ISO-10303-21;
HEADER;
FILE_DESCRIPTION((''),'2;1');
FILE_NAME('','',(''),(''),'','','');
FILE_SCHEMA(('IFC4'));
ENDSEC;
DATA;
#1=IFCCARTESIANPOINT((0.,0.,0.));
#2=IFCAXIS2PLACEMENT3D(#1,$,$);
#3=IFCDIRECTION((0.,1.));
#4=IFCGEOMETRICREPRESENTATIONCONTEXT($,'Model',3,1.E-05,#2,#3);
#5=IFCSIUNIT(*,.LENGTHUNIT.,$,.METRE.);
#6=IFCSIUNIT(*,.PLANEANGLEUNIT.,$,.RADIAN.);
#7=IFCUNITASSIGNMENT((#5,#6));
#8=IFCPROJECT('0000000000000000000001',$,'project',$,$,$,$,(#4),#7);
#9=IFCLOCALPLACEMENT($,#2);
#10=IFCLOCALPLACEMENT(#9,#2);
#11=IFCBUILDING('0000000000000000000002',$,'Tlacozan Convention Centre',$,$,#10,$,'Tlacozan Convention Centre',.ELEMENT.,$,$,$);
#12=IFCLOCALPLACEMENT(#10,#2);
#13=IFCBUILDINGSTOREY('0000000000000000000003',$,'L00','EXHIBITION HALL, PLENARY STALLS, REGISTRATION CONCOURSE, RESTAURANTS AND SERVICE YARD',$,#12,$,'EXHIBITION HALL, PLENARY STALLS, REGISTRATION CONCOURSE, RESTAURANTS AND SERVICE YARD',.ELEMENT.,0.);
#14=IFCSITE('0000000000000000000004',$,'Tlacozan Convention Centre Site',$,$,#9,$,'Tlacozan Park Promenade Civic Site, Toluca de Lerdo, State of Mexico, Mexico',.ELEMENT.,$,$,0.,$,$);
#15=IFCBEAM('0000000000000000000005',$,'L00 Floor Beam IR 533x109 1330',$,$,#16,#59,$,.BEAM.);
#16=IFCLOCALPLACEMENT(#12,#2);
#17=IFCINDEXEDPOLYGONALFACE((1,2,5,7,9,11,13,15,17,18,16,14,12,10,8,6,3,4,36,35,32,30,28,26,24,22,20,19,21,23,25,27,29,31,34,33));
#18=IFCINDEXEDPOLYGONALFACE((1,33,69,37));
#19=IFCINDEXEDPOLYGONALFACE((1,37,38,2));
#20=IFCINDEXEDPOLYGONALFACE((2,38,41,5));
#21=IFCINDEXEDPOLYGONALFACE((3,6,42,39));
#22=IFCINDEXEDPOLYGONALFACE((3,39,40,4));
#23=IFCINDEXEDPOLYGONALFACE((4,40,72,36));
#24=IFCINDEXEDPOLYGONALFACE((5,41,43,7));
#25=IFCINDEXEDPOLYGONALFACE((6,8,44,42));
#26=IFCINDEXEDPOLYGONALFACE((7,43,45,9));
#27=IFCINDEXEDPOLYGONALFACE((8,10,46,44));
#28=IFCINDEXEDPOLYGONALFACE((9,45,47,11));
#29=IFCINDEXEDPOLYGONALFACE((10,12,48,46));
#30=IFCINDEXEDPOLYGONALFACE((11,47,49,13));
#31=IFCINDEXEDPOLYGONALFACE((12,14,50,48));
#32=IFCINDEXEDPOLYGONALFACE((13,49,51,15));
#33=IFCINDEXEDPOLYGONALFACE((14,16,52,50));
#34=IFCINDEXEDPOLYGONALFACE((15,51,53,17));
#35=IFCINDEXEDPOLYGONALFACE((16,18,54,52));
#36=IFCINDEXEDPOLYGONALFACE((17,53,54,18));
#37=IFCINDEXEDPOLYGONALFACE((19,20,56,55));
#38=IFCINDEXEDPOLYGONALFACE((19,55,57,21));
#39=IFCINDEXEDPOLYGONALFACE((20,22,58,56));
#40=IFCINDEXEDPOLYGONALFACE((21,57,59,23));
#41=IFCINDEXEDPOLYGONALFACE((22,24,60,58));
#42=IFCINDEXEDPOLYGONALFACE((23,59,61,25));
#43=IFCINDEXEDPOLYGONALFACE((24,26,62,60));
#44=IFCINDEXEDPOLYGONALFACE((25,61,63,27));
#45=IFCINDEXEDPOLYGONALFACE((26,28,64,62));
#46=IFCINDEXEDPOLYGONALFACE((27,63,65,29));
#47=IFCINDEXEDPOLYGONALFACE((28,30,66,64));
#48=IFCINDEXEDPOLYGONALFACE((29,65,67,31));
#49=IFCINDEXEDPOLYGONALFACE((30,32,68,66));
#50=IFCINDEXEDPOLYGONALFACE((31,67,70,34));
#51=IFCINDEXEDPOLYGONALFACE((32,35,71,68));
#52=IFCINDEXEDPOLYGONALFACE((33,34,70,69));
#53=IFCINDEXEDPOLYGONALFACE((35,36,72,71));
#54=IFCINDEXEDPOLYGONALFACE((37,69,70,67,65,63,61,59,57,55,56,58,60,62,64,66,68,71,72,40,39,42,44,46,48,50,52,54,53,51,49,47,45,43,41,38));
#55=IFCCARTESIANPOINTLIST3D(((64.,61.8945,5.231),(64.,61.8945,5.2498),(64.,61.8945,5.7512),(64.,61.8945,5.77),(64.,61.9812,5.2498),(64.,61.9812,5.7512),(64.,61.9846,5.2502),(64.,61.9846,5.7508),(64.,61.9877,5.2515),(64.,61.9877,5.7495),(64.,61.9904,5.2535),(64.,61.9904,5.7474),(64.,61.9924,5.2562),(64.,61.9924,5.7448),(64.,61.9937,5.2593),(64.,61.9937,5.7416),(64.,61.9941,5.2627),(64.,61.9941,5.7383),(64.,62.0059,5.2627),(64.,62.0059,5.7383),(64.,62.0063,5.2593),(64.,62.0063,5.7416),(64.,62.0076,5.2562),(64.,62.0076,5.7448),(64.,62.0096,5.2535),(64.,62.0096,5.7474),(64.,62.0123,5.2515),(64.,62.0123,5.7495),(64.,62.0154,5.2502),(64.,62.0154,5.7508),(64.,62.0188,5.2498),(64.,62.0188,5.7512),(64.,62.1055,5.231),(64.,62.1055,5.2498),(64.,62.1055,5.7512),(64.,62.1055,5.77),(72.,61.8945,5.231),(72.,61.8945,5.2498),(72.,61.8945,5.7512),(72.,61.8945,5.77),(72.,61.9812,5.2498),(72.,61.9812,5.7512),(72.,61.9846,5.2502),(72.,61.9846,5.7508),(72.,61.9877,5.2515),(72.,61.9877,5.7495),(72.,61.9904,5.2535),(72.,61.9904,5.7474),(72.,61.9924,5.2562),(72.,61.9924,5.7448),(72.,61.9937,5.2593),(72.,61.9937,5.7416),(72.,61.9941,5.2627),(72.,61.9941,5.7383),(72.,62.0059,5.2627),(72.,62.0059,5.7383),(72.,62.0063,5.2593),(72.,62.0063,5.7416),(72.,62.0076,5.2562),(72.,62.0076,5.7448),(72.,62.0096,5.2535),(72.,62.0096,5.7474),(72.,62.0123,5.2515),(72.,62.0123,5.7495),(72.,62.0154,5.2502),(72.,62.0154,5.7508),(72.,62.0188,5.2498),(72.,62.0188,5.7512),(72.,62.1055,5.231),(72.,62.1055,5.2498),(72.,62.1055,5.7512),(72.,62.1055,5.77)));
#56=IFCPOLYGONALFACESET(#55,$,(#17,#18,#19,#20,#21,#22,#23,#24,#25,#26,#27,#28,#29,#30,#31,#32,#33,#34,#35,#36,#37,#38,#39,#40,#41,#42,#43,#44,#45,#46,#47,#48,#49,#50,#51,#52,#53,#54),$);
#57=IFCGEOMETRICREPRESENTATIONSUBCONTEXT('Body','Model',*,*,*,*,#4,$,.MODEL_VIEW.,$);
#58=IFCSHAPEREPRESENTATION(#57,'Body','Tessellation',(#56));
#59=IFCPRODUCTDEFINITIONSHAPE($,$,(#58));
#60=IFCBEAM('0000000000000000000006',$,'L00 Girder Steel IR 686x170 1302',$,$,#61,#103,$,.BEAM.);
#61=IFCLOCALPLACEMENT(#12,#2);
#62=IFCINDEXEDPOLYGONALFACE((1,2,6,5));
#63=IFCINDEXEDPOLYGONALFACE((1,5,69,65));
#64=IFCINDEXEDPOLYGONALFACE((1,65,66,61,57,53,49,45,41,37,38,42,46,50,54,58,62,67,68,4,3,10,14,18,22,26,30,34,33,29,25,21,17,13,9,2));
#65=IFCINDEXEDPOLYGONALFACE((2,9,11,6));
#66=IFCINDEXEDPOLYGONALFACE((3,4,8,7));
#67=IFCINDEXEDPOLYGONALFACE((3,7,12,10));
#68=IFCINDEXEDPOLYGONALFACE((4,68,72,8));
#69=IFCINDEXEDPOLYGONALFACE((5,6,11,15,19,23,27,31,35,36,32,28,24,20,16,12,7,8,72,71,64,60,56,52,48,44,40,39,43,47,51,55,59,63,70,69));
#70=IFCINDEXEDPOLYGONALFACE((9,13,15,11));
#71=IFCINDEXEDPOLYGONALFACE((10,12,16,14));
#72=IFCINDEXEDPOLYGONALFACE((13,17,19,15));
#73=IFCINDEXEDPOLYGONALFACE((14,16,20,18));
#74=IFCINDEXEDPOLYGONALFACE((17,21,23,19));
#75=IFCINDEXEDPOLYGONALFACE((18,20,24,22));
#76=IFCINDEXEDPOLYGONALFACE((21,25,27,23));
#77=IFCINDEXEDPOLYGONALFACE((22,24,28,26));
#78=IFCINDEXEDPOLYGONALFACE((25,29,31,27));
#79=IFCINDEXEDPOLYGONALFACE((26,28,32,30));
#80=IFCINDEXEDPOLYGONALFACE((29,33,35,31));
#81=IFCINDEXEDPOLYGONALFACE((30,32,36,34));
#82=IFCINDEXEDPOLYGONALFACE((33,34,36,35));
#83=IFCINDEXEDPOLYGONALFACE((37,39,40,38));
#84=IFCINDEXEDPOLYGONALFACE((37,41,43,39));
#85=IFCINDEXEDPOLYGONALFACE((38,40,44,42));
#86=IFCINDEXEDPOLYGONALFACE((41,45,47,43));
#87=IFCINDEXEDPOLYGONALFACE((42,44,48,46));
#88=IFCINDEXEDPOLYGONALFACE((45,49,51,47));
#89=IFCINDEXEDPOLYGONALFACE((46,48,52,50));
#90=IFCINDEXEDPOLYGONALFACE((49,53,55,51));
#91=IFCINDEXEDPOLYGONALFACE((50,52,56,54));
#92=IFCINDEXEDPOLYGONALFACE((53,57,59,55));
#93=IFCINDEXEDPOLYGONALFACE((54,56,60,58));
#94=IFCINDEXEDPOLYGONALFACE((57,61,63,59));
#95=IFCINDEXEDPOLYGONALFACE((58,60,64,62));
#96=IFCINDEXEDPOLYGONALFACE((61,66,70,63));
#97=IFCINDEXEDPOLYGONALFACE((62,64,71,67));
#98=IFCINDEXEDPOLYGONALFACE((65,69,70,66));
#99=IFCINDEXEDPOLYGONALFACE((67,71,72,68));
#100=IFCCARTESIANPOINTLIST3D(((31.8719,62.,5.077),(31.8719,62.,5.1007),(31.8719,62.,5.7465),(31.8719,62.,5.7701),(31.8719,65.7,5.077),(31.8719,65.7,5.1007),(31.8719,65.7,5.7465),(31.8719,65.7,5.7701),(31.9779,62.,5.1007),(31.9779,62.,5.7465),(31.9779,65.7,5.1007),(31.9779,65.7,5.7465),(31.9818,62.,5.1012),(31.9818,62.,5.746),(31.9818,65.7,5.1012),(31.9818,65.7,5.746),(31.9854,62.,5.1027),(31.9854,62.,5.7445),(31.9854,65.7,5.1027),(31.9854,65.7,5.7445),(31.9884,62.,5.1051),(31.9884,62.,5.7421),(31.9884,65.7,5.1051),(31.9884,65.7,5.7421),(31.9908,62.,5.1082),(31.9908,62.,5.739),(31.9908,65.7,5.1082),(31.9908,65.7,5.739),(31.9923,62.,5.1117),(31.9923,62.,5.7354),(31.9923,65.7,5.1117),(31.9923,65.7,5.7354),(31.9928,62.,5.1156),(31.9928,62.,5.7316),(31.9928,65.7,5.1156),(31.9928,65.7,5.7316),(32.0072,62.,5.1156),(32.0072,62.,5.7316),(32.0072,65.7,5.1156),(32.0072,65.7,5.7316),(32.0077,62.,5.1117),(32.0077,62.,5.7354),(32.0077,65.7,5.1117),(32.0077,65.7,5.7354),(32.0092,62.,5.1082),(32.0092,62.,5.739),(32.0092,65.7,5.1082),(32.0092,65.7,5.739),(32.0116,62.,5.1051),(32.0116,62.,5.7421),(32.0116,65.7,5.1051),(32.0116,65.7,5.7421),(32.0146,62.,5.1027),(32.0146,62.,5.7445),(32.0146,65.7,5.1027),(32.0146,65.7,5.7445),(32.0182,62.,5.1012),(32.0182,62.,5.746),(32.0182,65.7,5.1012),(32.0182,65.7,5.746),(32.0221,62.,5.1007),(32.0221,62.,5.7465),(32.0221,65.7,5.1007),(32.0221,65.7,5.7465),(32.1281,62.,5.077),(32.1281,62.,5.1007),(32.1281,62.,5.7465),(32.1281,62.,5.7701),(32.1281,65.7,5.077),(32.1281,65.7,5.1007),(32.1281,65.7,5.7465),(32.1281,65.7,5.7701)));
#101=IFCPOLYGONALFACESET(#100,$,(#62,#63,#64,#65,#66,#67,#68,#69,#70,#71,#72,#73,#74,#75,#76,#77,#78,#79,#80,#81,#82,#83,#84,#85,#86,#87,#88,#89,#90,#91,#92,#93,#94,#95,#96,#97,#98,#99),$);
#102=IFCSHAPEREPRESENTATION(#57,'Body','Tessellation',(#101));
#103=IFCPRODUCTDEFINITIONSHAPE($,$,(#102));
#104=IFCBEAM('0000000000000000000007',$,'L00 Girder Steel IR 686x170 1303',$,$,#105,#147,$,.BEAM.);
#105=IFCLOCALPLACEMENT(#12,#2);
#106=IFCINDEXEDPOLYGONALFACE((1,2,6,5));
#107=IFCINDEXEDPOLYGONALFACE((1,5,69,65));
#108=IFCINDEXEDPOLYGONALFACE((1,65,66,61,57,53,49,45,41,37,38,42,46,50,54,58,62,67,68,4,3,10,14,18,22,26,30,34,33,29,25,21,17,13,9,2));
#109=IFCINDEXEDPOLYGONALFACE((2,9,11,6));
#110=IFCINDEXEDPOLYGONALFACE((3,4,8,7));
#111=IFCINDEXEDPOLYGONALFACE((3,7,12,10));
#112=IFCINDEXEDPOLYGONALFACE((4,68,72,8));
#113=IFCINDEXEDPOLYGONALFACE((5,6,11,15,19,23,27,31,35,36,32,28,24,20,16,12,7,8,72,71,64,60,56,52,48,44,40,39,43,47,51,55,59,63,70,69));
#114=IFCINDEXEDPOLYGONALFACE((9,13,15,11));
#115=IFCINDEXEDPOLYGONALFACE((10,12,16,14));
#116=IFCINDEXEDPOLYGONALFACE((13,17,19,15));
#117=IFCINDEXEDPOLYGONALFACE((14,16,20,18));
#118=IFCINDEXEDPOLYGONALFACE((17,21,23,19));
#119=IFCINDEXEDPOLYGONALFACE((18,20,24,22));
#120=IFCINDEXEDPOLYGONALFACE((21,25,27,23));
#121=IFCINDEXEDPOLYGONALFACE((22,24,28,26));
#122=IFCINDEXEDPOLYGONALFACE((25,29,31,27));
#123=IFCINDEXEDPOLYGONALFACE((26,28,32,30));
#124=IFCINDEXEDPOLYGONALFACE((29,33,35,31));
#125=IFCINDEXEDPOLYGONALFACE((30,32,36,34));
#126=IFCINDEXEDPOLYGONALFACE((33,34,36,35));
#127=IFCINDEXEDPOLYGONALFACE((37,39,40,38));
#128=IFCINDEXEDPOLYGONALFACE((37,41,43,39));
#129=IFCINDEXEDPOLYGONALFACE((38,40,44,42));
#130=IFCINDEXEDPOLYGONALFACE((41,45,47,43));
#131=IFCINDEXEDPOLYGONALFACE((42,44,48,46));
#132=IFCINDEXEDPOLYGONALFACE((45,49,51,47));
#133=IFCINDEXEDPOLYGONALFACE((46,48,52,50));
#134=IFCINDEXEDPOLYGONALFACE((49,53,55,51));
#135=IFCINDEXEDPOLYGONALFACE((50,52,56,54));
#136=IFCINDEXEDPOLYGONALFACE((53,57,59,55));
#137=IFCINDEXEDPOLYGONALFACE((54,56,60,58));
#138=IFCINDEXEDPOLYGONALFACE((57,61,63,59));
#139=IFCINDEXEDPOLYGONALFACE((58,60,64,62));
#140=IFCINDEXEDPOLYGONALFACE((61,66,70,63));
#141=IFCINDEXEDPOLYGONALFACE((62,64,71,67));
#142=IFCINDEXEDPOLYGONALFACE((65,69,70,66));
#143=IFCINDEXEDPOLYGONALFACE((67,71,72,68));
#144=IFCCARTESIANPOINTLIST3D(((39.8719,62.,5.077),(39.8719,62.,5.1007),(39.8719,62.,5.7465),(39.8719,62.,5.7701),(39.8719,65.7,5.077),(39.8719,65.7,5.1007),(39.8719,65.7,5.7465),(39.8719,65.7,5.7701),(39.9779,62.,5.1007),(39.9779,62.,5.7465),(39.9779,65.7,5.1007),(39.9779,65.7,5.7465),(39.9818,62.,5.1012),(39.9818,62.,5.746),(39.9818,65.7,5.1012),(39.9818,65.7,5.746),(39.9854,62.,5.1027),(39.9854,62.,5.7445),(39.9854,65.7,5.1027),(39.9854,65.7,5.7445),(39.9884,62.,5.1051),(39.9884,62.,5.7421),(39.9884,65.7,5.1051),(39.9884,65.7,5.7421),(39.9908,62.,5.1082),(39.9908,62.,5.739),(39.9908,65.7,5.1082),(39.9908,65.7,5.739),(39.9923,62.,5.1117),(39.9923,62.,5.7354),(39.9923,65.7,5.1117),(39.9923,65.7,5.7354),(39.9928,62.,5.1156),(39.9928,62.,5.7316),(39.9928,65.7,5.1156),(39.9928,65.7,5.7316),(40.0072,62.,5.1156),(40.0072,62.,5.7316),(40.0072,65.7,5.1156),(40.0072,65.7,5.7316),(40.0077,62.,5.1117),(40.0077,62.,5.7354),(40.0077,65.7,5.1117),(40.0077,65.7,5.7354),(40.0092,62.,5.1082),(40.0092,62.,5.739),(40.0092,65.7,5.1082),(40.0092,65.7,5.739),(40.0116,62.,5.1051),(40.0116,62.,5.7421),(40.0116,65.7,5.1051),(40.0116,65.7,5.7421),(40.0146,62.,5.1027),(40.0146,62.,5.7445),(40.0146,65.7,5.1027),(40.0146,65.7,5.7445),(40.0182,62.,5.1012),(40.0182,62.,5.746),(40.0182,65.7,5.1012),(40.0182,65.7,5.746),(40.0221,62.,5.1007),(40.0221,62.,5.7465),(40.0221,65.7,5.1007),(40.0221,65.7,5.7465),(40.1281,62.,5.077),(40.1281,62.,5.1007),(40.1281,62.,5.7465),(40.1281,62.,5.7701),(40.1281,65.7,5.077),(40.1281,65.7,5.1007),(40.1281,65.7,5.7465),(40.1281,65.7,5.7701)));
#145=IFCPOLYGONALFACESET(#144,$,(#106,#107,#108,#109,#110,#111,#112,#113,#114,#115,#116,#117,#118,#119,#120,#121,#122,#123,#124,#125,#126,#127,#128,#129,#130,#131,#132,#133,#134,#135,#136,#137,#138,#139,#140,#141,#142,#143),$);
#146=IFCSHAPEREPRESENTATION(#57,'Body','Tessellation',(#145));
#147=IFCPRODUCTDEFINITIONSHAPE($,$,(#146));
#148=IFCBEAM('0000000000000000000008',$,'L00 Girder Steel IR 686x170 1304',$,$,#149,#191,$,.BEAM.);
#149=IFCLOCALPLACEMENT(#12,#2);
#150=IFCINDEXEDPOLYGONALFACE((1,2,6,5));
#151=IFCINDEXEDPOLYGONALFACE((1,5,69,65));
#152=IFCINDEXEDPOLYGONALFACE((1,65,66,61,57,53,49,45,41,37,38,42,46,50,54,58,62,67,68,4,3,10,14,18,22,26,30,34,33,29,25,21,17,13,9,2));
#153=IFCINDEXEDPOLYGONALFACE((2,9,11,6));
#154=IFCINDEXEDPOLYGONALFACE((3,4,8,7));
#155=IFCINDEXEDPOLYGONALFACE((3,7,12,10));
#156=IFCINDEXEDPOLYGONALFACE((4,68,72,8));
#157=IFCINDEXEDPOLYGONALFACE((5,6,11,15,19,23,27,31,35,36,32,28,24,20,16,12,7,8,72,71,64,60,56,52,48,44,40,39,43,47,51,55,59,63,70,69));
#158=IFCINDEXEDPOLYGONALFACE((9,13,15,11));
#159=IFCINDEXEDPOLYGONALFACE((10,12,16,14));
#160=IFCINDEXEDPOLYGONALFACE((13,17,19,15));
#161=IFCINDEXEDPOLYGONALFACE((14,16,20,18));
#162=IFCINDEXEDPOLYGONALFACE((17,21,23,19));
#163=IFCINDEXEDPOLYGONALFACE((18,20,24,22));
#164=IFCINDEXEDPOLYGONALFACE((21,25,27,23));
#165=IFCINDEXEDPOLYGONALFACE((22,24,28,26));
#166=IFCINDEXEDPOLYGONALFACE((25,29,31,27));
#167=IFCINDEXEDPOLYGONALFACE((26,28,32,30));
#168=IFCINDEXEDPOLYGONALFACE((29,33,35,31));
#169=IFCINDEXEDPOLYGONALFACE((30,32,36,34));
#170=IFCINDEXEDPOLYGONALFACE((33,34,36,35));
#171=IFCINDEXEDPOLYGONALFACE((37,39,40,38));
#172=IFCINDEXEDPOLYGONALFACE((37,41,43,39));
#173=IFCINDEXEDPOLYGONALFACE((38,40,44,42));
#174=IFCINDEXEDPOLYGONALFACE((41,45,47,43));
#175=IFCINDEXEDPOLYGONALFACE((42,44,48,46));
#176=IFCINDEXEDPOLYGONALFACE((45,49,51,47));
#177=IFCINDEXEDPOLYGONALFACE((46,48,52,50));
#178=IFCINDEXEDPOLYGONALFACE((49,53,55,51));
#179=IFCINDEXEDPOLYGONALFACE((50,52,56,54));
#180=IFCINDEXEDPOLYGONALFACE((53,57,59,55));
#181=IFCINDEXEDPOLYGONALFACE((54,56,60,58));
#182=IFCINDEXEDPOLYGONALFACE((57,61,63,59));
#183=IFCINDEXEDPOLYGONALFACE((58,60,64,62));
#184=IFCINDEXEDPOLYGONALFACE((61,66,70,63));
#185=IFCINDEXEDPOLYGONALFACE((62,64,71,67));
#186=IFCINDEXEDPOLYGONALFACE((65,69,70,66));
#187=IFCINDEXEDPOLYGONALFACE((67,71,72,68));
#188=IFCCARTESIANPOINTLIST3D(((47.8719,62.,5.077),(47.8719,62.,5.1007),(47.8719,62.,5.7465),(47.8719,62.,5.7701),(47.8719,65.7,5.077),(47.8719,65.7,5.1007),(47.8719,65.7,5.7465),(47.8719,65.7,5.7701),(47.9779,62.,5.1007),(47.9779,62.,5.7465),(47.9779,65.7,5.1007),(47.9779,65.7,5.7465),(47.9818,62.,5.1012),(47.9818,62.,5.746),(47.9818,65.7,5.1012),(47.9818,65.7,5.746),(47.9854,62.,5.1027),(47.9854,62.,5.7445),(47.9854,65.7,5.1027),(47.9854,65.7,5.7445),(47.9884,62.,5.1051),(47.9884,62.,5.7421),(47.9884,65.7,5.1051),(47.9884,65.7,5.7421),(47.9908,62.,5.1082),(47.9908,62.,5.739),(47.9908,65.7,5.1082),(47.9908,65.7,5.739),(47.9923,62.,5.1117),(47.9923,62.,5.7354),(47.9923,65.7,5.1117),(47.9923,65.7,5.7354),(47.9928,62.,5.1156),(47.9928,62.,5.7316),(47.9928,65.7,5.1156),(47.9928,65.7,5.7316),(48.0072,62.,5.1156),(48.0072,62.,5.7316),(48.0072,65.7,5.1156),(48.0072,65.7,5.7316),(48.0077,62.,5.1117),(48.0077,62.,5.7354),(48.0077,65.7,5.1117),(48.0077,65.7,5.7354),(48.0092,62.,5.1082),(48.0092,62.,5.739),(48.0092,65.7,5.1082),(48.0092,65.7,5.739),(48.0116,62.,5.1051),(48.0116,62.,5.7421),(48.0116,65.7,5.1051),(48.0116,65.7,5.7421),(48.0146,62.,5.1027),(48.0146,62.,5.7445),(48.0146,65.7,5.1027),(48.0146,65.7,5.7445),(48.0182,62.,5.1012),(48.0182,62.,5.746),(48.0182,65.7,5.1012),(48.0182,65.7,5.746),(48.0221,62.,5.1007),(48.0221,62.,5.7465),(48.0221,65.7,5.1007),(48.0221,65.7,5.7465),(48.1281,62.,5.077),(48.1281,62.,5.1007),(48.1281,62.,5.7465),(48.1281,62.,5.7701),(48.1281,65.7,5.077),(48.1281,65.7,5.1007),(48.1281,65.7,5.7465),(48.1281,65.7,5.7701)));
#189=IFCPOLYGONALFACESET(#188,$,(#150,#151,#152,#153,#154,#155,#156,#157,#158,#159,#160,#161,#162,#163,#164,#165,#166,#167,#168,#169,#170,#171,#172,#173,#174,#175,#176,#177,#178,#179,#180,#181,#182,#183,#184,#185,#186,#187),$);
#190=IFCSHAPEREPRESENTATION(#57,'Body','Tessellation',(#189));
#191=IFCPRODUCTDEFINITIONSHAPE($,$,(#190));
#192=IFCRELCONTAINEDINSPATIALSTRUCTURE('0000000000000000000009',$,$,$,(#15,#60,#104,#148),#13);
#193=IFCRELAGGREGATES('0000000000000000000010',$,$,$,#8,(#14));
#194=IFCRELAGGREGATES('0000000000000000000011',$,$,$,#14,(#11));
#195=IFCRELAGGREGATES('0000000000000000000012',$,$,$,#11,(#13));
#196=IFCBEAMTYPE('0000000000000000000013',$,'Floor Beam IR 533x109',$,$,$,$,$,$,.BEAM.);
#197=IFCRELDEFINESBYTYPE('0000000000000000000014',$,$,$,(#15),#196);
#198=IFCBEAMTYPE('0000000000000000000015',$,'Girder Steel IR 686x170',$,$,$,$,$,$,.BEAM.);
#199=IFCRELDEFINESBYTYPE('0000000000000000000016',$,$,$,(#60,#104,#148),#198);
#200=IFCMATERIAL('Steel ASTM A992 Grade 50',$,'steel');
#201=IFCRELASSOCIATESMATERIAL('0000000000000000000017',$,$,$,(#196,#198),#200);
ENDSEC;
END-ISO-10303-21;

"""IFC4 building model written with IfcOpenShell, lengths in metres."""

from ifc_helpers import new_model, si_unit, direction, frame, origin, origin_2d, place, context, subcontext, project, spatial, i_section, extrude, material, material_profile, profile_set, type_object, element, save


model = new_model("IFC4")

# Units and contexts
model_context = context("Model", 3, precision=1e-05, world=origin(), true_north=direction((0.0, 1.0)))
body_context = subcontext(model_context, "Body", "Model", "MODEL_VIEW")
ifc_project = project(units=[si_unit("LENGTHUNIT", "METRE"), si_unit("PLANEANGLEUNIT", "RADIAN")], contexts=[model_context])

# Site, building, storey
site_placement = place(None, origin())
site = spatial("IfcSite", under=ifc_project, at=site_placement, Name="Tlacozan Convention Centre Site", LongName="Tlacozan Park Promenade Civic Site, Toluca de Lerdo, State of Mexico, Mexico", CompositionType="ELEMENT", RefElevation=0.0)
building_placement = place(site_placement, origin())
building = spatial("IfcBuilding", under=site, at=building_placement, Name="Tlacozan Convention Centre", LongName="Tlacozan Convention Centre", CompositionType="ELEMENT")
storey_placement = place(building_placement, origin())
storey = spatial("IfcBuildingStorey", under=building, at=storey_placement, Name="L00", Description="EXHIBITION HALL, PLENARY STALLS, REGISTRATION CONCOURSE, RESTAURANTS AND SERVICE YARD", LongName="EXHIBITION HALL, PLENARY STALLS, REGISTRATION CONCOURSE, RESTAURANTS AND SERVICE YARD", CompositionType="ELEMENT", Elevation=0.0)

# Shared definitions
ifc_material_1 = material(Name="Steel ASTM A992 Grade 50", Category="steel")

# Beams
ifc_material_profile_1 = material_profile(ifc_material_1, i_section(OverallWidth=0.2109, OverallDepth=0.5391, WebThickness=0.0117, FlangeThickness=0.0188, FilletRadius=0.0129, at=origin_2d()), Name="IR 533x109.0")
ifc_profile_set_1 = profile_set([ifc_material_profile_1], Name="Steel ASTM A992 Grade 50")
beam_type_1 = type_object("IfcBeamType", Name="Floor Beam IR 533x109", PredefinedType="BEAM", material=ifc_profile_set_1)
for number, where, z_axis, x_axis, name in (
    (1, (64.0, 62.0, 5.5005), (1.0, 0.0, 0.0), (0.0, 1.0, 0.0), "L00 Floor Beam IR 533x109 1330"),
):
    element("IfcBeam", number, at=place(storey_placement, frame(where, z_axis=z_axis, x_axis=x_axis)), inside=storey, type_object=beam_type_1, Name=name, PredefinedType="BEAM", context=body_context, shape_type="SweptSolid", body=[
        extrude(i_section(OverallWidth=0.2109, OverallDepth=0.5391, WebThickness=0.0117, FlangeThickness=0.0188, FilletRadius=0.0129, at=origin_2d()), origin(), (0.0, 0.0, 1.0), 8.0),
    ])
ifc_material_profile_2 = material_profile(ifc_material_1, i_section(OverallWidth=0.2561, OverallDepth=0.6931, WebThickness=0.0144, FlangeThickness=0.0237, FilletRadius=0.0149, at=origin_2d()), Name="IR 686x170.0")
ifc_profile_set_2 = profile_set([ifc_material_profile_2], Name="Steel ASTM A992 Grade 50")
beam_type_2 = type_object("IfcBeamType", Name="Girder Steel IR 686x170", PredefinedType="BEAM", material=ifc_profile_set_2)
for number, where, z_axis, x_axis, name in (
    (2, (32.0, 62.0, 5.4236), (0.0, 1.0, 0.0), (-1.0, 0.0, 0.0), "L00 Girder Steel IR 686x170 1302"),
    (3, (40.0, 62.0, 5.4236), (0.0, 1.0, 0.0), (-1.0, 0.0, 0.0), "L00 Girder Steel IR 686x170 1303"),
    (4, (48.0, 62.0, 5.4236), (0.0, 1.0, 0.0), (-1.0, 0.0, 0.0), "L00 Girder Steel IR 686x170 1304"),
):
    element("IfcBeam", number, at=place(storey_placement, frame(where, z_axis=z_axis, x_axis=x_axis)), inside=storey, type_object=beam_type_2, Name=name, PredefinedType="BEAM", context=body_context, shape_type="SweptSolid", body=[
        extrude(i_section(OverallWidth=0.2561, OverallDepth=0.6931, WebThickness=0.0144, FlangeThickness=0.0237, FilletRadius=0.0149, at=origin_2d()), origin(), (0.0, 0.0, 1.0), 3.7),
    ])

save(model, "model.ifc")
